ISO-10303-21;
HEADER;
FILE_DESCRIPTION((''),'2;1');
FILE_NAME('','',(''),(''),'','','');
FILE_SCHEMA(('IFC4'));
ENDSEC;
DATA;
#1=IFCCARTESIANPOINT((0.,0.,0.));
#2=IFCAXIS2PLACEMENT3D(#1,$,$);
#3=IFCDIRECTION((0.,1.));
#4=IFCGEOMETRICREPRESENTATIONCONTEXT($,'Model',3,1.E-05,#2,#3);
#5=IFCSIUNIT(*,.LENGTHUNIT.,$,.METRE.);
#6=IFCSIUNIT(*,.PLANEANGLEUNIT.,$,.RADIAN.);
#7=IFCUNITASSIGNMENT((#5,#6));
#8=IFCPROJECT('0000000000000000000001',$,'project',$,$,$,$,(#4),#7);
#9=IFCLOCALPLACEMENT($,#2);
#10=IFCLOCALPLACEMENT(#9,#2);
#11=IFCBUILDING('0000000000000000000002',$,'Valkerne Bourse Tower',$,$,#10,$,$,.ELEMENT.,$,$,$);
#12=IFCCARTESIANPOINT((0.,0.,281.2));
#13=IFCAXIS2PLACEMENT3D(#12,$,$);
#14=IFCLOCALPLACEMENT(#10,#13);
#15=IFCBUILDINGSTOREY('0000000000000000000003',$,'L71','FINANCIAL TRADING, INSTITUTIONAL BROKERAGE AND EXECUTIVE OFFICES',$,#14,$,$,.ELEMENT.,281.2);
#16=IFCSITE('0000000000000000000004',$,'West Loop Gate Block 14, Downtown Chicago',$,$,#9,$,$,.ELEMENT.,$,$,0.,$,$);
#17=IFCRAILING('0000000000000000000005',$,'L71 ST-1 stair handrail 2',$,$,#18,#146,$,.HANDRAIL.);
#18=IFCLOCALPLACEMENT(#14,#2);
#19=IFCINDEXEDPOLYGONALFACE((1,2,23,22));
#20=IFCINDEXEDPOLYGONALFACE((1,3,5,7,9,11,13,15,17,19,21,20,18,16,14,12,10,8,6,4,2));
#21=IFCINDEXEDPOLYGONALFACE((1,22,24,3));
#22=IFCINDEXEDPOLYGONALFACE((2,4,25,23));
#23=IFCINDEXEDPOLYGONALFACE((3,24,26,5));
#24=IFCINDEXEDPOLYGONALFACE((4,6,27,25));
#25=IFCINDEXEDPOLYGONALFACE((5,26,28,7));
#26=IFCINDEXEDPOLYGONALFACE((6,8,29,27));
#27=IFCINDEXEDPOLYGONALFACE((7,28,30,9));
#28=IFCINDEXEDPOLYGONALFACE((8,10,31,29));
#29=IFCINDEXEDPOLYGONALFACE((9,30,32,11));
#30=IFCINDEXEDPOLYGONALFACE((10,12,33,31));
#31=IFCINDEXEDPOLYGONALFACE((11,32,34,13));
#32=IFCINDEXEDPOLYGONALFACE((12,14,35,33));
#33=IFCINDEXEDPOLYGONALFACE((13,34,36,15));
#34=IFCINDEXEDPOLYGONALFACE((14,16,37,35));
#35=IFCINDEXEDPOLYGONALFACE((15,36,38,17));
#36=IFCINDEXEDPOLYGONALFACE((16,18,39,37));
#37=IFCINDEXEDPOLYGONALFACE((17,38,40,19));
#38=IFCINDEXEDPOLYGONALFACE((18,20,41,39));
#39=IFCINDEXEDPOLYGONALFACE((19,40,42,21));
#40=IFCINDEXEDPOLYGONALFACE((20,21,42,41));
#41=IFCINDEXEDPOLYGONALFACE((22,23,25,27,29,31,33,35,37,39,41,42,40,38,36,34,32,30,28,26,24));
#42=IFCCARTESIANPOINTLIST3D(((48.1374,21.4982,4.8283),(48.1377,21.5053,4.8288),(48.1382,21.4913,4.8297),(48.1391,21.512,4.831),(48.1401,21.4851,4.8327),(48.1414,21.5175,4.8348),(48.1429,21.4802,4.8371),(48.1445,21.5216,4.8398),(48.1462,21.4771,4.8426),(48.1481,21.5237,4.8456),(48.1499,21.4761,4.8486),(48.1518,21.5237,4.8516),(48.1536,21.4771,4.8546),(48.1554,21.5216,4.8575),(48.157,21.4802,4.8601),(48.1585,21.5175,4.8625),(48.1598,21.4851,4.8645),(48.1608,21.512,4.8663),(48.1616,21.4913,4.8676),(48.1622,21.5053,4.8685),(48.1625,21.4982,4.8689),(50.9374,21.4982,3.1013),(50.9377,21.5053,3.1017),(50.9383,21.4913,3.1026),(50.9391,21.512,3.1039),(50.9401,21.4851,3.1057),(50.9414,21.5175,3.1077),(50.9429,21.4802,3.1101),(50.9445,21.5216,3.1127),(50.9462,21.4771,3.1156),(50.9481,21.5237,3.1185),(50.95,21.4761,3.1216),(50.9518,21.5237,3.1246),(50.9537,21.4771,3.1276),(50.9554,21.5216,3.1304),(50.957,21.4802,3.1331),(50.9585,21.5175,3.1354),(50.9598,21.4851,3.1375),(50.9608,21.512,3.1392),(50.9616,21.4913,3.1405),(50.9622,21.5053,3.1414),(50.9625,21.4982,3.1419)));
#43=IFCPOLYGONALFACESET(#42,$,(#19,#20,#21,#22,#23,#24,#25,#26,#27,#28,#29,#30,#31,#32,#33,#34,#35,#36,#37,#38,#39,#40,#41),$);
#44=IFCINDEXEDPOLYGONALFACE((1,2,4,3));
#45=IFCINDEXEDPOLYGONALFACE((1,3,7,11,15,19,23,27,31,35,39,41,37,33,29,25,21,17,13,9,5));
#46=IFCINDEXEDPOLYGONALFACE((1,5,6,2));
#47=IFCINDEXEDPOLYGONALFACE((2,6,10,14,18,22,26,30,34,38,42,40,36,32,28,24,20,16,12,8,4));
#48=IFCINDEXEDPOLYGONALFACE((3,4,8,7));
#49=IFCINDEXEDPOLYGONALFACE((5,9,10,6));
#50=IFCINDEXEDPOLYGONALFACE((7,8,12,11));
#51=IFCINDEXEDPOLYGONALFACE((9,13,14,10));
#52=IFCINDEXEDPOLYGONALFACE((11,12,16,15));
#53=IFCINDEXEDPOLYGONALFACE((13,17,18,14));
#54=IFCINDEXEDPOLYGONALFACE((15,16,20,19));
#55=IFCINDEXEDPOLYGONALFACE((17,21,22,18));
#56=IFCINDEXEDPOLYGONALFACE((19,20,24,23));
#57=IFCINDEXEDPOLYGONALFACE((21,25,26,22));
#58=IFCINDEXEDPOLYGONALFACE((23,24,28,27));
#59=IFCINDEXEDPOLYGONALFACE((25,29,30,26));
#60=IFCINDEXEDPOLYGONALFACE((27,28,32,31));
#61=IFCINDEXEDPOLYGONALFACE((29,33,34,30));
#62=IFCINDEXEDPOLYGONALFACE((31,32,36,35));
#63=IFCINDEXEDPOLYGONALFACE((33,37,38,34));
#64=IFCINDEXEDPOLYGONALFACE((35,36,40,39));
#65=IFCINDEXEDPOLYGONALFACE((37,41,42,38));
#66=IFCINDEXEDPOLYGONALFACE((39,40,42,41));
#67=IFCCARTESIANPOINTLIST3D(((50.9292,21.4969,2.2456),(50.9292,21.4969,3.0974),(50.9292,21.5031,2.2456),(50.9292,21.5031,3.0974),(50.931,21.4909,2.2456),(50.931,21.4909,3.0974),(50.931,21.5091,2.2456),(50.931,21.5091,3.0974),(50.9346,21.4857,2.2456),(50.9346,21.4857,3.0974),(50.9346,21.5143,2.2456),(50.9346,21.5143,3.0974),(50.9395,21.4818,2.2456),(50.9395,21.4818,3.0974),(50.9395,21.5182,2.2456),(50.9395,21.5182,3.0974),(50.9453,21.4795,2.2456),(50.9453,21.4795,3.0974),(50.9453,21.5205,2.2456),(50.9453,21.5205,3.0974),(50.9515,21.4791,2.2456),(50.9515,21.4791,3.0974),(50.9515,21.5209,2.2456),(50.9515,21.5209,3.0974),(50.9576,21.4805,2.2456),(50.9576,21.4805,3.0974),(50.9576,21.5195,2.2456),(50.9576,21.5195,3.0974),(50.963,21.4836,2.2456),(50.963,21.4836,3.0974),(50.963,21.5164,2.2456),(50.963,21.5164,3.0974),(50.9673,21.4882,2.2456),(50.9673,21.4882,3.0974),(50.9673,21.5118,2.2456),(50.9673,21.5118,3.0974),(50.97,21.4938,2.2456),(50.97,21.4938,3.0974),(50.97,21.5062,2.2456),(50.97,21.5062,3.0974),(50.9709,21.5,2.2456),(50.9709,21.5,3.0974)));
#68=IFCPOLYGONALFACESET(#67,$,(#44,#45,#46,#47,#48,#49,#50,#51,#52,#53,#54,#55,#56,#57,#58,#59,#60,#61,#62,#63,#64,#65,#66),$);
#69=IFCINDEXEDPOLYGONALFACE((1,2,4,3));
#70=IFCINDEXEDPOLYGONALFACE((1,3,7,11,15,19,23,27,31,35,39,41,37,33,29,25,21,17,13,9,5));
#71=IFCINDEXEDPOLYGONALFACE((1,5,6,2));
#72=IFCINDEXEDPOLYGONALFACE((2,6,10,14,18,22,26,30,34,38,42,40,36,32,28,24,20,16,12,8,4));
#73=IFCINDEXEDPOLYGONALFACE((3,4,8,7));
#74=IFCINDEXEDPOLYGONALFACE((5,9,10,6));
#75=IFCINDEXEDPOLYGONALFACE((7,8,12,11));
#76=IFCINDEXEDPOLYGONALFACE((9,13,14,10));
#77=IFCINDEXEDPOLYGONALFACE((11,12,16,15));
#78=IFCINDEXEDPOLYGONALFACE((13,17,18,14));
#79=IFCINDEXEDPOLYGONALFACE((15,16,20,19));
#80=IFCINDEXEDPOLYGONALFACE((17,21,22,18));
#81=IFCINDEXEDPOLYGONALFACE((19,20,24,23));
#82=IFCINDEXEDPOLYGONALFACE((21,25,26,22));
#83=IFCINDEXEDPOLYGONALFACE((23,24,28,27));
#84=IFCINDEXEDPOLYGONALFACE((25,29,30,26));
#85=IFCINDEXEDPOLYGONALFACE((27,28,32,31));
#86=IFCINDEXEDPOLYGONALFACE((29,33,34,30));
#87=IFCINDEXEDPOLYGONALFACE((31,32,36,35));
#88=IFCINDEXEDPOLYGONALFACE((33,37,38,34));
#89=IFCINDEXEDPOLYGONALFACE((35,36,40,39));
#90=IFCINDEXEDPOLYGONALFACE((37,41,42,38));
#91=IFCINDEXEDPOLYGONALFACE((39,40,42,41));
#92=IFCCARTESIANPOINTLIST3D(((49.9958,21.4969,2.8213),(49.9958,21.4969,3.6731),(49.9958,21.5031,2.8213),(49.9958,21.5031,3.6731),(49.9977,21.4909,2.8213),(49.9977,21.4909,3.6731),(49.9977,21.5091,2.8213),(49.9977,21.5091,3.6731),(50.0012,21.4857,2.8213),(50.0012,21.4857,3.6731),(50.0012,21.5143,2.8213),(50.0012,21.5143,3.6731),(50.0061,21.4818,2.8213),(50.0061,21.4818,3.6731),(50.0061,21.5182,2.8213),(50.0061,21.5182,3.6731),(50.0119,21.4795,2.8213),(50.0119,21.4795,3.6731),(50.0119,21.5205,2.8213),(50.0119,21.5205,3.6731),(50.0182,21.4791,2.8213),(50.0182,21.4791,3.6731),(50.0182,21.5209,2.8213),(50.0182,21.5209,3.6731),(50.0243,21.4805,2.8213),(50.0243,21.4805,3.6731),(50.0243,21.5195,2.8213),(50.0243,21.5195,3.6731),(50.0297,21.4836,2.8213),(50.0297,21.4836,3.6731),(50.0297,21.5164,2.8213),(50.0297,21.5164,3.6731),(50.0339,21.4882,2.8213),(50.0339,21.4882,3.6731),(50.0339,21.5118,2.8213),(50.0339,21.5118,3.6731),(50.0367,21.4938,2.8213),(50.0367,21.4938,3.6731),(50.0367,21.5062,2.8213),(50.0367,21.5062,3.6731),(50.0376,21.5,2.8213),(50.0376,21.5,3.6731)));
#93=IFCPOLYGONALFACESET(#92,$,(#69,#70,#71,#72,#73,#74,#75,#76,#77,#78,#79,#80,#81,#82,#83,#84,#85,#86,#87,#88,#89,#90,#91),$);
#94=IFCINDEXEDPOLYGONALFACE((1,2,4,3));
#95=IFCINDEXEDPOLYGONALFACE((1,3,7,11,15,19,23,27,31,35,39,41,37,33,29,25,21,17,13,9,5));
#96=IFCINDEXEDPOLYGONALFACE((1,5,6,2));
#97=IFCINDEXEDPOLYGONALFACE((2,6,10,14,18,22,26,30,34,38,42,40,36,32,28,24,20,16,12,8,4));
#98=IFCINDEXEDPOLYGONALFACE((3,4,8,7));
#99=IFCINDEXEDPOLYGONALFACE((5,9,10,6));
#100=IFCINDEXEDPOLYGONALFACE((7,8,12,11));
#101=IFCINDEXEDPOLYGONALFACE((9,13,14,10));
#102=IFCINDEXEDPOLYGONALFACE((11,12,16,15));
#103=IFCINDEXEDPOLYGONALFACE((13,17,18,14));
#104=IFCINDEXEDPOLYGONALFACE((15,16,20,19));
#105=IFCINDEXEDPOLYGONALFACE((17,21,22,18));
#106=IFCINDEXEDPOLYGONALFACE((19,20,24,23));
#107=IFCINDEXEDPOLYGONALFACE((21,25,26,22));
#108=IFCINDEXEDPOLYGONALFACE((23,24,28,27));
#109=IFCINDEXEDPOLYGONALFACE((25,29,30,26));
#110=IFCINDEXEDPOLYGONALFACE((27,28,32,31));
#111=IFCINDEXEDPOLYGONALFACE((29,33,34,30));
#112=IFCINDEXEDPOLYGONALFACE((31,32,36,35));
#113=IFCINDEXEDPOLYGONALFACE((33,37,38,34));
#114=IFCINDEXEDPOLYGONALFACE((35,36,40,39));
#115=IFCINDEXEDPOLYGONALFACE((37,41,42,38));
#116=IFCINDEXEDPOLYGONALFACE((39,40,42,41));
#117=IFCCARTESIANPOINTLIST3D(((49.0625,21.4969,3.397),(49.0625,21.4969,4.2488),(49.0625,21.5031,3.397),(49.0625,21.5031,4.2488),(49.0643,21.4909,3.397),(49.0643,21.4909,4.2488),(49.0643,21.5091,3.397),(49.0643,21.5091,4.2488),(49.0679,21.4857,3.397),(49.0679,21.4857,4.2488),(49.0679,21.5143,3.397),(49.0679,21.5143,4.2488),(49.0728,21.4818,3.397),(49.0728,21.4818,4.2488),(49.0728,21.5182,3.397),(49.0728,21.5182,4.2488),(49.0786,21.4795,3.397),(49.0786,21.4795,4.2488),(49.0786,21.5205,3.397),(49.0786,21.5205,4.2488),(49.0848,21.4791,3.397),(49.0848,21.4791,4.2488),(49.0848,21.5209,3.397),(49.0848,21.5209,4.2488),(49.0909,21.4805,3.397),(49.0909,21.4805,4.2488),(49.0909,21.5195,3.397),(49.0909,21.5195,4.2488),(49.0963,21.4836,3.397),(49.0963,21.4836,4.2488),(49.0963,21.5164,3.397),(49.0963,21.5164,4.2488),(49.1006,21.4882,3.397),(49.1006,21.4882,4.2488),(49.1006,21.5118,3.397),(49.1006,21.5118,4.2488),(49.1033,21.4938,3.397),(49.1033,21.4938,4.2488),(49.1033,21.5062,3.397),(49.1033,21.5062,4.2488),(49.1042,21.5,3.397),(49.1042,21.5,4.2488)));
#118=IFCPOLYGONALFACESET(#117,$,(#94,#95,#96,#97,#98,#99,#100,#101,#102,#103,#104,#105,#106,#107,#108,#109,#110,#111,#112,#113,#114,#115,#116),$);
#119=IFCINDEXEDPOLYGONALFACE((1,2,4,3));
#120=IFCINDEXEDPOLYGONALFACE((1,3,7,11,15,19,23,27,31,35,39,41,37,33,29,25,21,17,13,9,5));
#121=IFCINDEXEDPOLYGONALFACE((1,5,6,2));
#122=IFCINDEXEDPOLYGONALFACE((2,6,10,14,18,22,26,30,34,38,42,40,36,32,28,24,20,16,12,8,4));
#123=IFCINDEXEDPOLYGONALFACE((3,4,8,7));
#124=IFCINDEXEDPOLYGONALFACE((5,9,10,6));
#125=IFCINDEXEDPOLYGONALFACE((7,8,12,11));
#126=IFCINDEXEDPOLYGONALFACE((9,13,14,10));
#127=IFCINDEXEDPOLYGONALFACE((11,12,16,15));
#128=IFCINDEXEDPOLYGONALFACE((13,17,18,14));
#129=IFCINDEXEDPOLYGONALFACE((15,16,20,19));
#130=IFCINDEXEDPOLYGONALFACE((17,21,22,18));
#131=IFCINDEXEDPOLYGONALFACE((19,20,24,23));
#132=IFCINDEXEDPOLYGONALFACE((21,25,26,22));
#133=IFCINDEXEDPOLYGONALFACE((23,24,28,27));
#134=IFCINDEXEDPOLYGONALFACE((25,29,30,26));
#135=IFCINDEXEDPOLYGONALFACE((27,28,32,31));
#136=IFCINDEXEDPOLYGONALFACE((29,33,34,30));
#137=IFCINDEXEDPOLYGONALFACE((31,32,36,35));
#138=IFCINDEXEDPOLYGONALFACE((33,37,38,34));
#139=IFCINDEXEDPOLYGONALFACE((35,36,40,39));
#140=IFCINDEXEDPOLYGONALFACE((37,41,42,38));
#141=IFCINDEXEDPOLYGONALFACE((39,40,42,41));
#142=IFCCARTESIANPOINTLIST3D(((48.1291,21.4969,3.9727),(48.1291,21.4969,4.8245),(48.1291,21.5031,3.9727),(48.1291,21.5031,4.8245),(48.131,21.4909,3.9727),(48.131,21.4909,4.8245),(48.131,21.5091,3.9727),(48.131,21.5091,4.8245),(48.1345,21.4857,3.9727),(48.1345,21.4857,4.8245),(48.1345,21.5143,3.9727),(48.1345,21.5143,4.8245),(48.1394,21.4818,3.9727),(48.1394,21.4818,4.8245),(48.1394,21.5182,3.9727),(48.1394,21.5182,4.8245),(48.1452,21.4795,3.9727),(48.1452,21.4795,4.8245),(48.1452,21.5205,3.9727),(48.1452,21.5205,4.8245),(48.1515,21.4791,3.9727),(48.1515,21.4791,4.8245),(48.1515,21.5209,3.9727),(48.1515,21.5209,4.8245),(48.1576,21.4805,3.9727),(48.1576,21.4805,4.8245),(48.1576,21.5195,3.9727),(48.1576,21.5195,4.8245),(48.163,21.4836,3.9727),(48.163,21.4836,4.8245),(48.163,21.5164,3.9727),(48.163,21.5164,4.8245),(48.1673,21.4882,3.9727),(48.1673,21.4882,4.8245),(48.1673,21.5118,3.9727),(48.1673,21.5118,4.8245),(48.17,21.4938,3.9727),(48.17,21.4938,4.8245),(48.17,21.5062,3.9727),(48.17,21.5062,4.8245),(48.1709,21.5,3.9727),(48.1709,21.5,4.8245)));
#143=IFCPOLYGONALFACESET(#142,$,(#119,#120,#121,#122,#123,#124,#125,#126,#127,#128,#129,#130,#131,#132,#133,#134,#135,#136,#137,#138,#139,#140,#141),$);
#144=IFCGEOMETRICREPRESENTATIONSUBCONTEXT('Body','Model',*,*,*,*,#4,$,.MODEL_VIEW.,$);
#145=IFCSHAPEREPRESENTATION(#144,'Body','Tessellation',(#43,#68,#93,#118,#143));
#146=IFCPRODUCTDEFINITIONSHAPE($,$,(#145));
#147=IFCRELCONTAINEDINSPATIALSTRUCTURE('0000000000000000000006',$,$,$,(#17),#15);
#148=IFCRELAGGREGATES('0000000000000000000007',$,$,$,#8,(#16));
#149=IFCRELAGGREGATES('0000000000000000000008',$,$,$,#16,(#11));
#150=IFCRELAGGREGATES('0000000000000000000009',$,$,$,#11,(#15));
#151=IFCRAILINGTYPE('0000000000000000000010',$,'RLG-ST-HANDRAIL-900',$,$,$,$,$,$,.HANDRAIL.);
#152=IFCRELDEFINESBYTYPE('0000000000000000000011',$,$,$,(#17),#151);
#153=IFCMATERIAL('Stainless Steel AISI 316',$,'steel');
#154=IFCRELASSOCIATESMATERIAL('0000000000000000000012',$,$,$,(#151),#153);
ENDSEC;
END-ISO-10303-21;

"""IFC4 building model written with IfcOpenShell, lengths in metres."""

from ifc_helpers import new_model, si_unit, direction, frame, origin, origin_2d, place, context, subcontext, project, spatial, circle, extrude, material, type_object, element, save


model = new_model("IFC4")

# Units and contexts
model_context = context("Model", 3, precision=1e-05, world=origin(), true_north=direction((0.0, 1.0)))
body_context = subcontext(model_context, "Body", "Model", "MODEL_VIEW")
ifc_project = project(units=[si_unit("LENGTHUNIT", "METRE"), si_unit("PLANEANGLEUNIT", "RADIAN")], contexts=[model_context])

# Site, building, storey
site_placement = place(None, origin())
site = spatial("IfcSite", under=ifc_project, at=site_placement, Name="West Loop Gate Block 14, Downtown Chicago", CompositionType="ELEMENT", RefElevation=0.0)
building_placement = place(site_placement, origin())
building = spatial("IfcBuilding", under=site, at=building_placement, Name="Valkerne Bourse Tower", CompositionType="ELEMENT")
storey_placement = place(building_placement, frame((0.0, 0.0, 281.2)))
storey = spatial("IfcBuildingStorey", under=building, at=storey_placement, Name="L71", Description="FINANCIAL TRADING, INSTITUTIONAL BROKERAGE AND EXECUTIVE OFFICES", CompositionType="ELEMENT", Elevation=281.2)

# Shared definitions
ifc_material_1 = material(Name="Stainless Steel AISI 316", Category="steel")

# Railing
railing_type_1 = type_object("IfcRailingType", Name="RLG-ST-HANDRAIL-900", PredefinedType="HANDRAIL", material=ifc_material_1)
railing_1_placement = place(storey_placement, frame((50.95, 21.5, 2.2456)))
element("IfcRailing", 1, at=railing_1_placement, inside=storey, type_object=railing_type_1, Name="L71 ST-1 stair handrail 2", PredefinedType="HANDRAIL", context=body_context, shape_type="SweptSolid", body=[
    extrude(circle(Radius=0.0239, at=origin_2d()), frame((0.0, 0.0, 0.876), z_axis=(-0.851123, 0.0, 0.524967), x_axis=(0.0, -1.0, 0.0)), (0.0, 0.0, 1.0), 3.2898),
    extrude(circle(Radius=0.021, at=origin_2d()), origin(), (0.0, 0.0, 1.0), 0.8518),
    extrude(circle(Radius=0.021, at=origin_2d()), frame((-0.9333, 0.0, 0.5757)), (0.0, 0.0, 1.0), 0.8518),
    extrude(circle(Radius=0.021, at=origin_2d()), frame((-1.8667, 0.0, 1.1514)), (0.0, 0.0, 1.0), 0.8518),
    extrude(circle(Radius=0.021, at=origin_2d()), frame((-2.8, 0.0, 1.7271)), (0.0, 0.0, 1.0), 0.8518),
])

save(model, "model.ifc")
